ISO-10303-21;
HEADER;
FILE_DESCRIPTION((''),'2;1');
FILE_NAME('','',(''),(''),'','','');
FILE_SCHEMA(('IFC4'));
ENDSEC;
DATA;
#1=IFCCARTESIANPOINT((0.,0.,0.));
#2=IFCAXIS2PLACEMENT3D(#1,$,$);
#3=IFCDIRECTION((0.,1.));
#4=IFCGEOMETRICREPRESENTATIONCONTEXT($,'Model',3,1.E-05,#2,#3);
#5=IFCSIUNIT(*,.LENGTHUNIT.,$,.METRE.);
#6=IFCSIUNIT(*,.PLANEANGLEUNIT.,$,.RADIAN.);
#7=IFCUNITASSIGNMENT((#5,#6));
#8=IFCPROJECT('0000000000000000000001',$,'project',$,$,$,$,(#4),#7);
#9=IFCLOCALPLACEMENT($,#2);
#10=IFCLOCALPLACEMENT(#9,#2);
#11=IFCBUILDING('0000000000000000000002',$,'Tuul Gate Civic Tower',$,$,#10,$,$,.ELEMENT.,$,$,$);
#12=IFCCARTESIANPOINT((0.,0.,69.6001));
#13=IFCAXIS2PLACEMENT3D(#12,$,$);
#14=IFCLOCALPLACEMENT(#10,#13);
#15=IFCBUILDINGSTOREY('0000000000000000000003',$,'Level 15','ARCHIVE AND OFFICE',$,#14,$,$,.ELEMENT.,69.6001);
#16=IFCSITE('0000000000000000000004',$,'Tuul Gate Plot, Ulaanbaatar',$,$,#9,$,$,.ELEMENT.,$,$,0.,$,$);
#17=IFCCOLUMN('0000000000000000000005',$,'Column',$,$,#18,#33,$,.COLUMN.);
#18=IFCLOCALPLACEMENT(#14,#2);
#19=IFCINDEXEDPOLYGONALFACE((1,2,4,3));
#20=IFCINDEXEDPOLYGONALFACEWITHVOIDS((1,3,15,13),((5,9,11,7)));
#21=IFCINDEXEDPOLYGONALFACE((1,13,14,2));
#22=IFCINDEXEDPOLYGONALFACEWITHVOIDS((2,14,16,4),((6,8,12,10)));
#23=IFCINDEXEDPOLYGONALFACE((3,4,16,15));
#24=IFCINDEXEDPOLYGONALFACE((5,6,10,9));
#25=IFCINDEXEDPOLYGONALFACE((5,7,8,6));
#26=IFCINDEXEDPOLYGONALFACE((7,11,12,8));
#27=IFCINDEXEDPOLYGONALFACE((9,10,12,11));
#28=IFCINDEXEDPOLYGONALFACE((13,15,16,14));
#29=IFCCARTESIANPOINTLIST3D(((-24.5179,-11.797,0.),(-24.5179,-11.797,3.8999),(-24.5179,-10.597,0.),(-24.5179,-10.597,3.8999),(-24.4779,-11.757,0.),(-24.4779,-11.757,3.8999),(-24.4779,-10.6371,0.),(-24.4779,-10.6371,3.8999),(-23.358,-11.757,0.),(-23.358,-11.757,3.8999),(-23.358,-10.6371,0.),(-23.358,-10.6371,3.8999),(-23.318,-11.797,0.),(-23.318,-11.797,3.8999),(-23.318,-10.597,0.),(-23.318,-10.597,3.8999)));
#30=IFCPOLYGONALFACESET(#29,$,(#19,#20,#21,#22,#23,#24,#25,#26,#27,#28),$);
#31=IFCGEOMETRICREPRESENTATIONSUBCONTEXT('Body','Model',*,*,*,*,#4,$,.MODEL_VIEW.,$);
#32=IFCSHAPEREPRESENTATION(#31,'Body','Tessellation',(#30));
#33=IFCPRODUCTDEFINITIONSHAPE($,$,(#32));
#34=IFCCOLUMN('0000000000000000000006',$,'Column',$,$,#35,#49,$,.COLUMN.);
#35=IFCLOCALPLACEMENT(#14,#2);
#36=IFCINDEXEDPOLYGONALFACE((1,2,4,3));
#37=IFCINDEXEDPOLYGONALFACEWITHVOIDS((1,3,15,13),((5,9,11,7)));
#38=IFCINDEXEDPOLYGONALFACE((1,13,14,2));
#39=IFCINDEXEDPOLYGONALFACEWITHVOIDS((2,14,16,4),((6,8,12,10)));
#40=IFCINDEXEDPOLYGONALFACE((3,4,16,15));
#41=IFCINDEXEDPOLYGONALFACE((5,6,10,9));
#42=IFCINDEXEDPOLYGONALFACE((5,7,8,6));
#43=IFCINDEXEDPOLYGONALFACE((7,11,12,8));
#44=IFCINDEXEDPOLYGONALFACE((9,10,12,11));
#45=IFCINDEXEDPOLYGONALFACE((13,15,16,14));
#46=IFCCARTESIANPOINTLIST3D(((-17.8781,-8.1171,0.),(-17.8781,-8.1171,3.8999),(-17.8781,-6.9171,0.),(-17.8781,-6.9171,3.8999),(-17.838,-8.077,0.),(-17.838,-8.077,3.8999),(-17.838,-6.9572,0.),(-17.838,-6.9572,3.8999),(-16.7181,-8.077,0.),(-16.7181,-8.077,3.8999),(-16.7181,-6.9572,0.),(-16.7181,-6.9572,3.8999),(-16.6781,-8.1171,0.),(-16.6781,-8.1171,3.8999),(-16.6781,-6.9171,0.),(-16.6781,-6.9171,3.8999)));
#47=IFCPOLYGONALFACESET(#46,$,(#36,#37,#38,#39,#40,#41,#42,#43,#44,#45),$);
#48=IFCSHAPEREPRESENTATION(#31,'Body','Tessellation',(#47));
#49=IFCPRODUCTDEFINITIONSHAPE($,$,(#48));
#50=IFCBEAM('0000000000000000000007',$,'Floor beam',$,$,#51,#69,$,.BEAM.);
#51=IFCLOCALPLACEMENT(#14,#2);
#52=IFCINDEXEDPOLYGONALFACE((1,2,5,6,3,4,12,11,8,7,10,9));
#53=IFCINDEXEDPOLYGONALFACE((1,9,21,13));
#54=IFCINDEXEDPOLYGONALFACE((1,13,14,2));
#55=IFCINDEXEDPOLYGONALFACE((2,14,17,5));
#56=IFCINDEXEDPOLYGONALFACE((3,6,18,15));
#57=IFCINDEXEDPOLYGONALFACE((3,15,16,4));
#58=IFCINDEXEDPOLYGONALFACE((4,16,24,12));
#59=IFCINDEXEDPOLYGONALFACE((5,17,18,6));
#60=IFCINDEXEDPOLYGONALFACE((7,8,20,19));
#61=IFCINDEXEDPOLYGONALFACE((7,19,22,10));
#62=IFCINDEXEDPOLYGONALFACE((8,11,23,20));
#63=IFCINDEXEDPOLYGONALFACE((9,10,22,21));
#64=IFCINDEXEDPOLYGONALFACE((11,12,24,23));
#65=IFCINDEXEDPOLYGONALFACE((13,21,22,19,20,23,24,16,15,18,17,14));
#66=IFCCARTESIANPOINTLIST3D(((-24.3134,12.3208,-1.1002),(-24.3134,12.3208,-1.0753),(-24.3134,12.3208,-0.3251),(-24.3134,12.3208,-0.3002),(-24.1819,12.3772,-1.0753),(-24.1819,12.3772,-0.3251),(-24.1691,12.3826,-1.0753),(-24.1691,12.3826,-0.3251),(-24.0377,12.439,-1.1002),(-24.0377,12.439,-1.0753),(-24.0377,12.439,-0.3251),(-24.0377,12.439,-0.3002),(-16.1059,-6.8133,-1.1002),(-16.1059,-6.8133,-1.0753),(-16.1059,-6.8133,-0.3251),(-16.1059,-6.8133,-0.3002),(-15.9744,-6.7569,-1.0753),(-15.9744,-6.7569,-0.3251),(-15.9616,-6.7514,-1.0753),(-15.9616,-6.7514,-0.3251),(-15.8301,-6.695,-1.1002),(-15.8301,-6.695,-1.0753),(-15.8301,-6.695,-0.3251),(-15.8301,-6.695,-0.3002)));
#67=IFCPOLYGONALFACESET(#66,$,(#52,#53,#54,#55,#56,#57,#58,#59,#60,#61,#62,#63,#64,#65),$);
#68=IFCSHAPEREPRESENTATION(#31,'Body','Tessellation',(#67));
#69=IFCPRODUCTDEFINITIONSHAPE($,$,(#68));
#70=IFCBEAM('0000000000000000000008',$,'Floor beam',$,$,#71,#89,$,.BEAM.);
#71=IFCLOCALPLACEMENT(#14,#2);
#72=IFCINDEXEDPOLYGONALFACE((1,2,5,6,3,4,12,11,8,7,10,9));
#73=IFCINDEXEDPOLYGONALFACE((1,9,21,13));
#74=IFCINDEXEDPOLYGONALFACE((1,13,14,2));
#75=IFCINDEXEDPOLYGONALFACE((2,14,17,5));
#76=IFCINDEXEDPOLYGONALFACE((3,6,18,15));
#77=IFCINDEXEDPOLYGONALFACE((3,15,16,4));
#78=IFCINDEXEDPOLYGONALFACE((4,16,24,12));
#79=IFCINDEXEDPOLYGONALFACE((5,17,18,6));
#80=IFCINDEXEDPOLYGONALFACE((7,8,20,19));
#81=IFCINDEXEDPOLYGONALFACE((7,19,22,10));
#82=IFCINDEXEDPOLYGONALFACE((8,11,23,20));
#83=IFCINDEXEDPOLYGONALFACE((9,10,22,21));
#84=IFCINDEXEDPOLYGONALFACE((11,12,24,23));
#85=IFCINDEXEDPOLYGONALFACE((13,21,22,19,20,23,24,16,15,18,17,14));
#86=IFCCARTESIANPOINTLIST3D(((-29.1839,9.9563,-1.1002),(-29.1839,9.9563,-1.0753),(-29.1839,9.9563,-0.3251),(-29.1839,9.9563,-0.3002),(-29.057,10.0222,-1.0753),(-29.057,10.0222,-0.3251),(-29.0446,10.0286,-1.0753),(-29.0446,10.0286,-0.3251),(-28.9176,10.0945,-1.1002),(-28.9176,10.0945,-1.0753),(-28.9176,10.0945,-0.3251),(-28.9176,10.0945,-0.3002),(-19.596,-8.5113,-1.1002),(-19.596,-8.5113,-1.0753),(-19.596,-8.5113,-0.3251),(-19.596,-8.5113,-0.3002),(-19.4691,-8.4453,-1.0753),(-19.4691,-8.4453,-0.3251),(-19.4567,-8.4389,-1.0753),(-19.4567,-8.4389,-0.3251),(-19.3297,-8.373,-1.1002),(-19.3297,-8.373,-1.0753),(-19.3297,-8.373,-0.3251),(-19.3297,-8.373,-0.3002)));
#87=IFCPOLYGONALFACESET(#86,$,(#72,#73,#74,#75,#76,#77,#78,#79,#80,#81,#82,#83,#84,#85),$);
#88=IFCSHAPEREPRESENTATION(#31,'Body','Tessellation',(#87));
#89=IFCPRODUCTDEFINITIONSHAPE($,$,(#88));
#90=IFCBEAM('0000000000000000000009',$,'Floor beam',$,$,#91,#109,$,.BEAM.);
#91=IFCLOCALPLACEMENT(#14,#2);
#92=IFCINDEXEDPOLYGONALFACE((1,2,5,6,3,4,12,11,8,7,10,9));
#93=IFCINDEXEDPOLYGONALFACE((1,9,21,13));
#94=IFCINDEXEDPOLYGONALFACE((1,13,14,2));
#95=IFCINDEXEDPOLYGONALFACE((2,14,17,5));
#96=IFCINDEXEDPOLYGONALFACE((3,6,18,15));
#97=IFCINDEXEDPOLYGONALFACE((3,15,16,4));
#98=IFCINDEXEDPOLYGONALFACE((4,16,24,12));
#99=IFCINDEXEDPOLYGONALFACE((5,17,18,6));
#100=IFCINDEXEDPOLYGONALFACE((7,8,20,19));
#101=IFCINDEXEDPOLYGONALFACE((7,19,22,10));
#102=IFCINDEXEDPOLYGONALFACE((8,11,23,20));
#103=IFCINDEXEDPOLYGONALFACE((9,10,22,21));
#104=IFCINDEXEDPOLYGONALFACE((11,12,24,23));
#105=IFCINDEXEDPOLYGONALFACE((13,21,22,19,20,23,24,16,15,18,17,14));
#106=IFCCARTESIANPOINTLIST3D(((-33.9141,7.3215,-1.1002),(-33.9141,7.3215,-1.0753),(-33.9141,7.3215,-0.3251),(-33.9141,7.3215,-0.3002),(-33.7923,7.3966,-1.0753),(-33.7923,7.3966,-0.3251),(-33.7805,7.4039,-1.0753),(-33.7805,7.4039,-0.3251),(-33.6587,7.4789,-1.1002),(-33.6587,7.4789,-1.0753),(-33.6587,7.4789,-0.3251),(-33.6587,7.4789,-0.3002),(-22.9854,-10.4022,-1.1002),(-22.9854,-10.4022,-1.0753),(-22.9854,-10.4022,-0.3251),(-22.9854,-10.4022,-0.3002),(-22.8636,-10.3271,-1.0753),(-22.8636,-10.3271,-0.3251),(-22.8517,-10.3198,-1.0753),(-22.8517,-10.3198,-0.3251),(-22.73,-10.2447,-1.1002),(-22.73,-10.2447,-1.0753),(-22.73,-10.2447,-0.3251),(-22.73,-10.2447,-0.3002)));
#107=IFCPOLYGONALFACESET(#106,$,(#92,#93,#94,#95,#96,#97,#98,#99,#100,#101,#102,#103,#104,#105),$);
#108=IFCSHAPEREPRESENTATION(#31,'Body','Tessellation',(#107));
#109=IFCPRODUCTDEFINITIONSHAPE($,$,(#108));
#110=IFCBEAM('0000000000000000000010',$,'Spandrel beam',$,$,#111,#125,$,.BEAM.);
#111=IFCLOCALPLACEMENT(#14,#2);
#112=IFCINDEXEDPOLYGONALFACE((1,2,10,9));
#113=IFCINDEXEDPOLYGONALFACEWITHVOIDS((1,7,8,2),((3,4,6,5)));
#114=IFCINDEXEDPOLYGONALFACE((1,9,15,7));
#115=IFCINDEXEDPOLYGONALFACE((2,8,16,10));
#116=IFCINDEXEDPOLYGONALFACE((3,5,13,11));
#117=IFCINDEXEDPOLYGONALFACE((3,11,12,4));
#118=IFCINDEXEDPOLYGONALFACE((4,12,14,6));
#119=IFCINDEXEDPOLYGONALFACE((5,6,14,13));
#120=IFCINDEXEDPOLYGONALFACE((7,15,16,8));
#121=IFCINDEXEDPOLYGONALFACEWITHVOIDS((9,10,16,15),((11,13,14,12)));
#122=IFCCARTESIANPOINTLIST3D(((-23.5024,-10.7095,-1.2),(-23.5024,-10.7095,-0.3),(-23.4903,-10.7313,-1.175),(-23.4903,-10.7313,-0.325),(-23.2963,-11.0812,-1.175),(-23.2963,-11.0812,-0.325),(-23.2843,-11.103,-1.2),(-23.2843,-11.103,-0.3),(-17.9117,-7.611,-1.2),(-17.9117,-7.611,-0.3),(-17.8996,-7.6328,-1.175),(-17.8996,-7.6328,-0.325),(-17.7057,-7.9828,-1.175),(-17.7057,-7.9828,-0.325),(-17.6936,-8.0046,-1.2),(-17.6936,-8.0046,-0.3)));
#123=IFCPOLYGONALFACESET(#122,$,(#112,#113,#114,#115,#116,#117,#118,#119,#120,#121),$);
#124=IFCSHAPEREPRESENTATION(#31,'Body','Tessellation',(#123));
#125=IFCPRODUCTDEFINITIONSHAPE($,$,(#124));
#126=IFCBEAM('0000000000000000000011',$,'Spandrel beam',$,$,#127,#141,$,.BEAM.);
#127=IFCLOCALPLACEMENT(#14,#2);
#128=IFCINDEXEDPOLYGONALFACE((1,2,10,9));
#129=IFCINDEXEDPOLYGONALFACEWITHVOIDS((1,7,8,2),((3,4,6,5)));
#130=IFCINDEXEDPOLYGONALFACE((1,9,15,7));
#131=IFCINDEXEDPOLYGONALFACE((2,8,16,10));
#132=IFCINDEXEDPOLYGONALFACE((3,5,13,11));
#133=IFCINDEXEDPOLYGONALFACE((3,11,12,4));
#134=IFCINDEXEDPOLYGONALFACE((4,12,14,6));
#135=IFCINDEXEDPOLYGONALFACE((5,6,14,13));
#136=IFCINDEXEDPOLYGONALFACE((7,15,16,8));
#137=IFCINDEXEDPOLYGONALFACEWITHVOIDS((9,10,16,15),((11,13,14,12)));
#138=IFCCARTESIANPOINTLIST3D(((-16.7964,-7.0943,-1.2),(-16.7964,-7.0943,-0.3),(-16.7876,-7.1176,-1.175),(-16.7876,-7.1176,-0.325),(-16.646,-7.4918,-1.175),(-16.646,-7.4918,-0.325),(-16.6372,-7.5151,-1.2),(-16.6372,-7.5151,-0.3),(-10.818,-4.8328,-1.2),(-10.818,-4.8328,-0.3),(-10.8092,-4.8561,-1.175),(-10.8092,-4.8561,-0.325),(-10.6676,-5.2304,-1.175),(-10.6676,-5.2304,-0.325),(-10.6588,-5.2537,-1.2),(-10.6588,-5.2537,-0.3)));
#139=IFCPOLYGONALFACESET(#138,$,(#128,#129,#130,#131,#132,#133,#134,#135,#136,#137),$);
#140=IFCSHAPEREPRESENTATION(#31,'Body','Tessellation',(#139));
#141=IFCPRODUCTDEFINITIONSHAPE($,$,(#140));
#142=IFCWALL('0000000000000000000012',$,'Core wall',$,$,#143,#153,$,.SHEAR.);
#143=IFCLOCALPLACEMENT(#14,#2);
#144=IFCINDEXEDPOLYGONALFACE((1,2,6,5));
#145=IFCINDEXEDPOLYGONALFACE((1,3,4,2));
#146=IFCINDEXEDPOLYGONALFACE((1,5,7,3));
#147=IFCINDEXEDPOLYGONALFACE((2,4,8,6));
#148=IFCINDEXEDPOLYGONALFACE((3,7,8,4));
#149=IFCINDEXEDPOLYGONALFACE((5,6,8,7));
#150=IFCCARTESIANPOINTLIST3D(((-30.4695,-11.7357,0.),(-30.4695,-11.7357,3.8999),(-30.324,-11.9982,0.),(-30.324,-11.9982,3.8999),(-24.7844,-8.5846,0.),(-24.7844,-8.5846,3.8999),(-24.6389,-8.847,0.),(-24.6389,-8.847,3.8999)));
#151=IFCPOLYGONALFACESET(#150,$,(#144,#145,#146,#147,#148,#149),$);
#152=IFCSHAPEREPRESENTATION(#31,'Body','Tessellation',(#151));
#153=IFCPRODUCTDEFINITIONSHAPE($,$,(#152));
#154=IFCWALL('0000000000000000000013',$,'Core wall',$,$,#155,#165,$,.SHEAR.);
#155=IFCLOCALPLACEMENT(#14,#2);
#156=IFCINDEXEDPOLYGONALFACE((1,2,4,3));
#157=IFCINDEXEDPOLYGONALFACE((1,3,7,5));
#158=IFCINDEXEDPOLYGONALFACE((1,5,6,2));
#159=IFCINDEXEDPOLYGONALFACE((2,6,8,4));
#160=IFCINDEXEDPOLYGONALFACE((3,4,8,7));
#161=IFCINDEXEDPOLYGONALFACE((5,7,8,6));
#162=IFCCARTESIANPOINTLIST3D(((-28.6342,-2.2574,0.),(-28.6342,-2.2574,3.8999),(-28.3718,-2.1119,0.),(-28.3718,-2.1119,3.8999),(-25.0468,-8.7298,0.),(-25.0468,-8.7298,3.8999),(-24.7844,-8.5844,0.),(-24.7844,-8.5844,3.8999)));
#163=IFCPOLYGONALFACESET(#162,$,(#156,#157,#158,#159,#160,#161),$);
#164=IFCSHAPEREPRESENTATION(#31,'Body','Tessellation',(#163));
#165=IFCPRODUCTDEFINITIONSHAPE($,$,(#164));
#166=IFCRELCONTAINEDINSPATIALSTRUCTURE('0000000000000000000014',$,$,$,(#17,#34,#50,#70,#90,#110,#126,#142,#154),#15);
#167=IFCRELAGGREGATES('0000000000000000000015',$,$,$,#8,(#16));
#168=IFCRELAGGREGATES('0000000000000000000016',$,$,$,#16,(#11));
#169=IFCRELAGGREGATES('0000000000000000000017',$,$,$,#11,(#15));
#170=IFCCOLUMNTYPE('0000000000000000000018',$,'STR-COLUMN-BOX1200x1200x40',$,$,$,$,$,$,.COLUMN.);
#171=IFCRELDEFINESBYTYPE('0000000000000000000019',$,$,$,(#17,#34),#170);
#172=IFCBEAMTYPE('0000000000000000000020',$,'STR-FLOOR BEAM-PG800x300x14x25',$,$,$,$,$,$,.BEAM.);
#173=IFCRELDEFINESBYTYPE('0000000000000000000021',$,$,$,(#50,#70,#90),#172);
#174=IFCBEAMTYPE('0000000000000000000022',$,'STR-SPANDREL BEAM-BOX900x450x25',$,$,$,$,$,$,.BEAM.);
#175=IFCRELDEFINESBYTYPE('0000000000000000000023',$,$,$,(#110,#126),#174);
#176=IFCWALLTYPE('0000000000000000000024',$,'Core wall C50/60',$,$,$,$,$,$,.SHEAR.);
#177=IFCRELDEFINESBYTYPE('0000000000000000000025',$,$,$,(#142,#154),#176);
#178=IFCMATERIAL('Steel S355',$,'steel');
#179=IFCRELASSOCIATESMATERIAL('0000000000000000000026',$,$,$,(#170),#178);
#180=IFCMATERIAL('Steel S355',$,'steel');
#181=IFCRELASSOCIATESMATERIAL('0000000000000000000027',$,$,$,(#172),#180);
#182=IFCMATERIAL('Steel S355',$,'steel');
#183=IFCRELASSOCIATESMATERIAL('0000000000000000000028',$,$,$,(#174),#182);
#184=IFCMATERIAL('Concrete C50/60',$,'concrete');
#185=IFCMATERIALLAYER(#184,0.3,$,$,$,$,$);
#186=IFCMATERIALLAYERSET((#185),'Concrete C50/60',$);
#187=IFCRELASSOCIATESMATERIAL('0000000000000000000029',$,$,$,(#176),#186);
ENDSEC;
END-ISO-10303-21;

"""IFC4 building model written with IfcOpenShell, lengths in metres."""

from ifc_helpers import new_model, si_unit, direction, frame, frame_2d, origin, origin_2d, place, context, subcontext, project, spatial, rectangle, hollow_rectangle, i_section, extrude, material, layer, layer_set, material_profile, profile_set, type_object, element, save


model = new_model("IFC4")

# Units and contexts
model_context = context("Model", 3, precision=1e-05, world=origin(), true_north=direction((0.0, 1.0)))
body_context = subcontext(model_context, "Body", "Model", "MODEL_VIEW")
ifc_project = project(units=[si_unit("LENGTHUNIT", "METRE"), si_unit("PLANEANGLEUNIT", "RADIAN")], contexts=[model_context])

# Site, building, storey
site_placement = place(None, origin())
site = spatial("IfcSite", under=ifc_project, at=site_placement, Name="Tuul Gate Plot, Ulaanbaatar", CompositionType="ELEMENT", RefElevation=0.0)
building_placement = place(site_placement, origin())
building = spatial("IfcBuilding", under=site, at=building_placement, Name="Tuul Gate Civic Tower", CompositionType="ELEMENT")
storey_placement = place(building_placement, frame((0.0, 0.0, 69.6001)))
storey = spatial("IfcBuildingStorey", under=building, at=storey_placement, Name="Level 15", Description="ARCHIVE AND OFFICE", CompositionType="ELEMENT", Elevation=69.6001)

# Columns
ifc_material_1 = material(Name="Steel S355", Category="steel")
ifc_material_profile_1 = material_profile(ifc_material_1, hollow_rectangle(XDim=1.2, YDim=1.2, WallThickness=0.04, at=origin_2d()), Name="BOX1200x1200x40")
ifc_profile_set_1 = profile_set([ifc_material_profile_1], Name="Steel S355")
column_type = type_object("IfcColumnType", Name="STR-COLUMN-BOX1200x1200x40", PredefinedType="COLUMN", material=ifc_profile_set_1)
for number, where, z_axis, x_axis, name in (
    (1, (-23.918, -11.197, 0.0), (0.0, 0.0, 1.0), (1.0, 0.0, 0.0), "Column"),
    (2, (-17.2781, -7.5171, 0.0), (0.0, 0.0, 1.0), (1.0, 0.0, 0.0), "Column"),
):
    element("IfcColumn", number, at=place(storey_placement, frame(where, z_axis=z_axis, x_axis=x_axis)), inside=storey, type_object=column_type, Name=name, PredefinedType="COLUMN", context=body_context, shape_type="SweptSolid", body=[
        extrude(hollow_rectangle(XDim=1.2, YDim=1.2, WallThickness=0.04, at=origin_2d()), origin(), (0.0, 0.0, 1.0), 3.8999),
    ])

# Beams
ifc_material_2 = material(Name="Steel S355", Category="steel")
ifc_material_profile_2 = material_profile(ifc_material_2, i_section(OverallWidth=0.3, OverallDepth=0.8, WebThickness=0.0139, FlangeThickness=0.0249, at=origin_2d()), Name="PG800x300x14x25")
ifc_profile_set_2 = profile_set([ifc_material_profile_2], Name="Steel S355")
beam_type_1 = type_object("IfcBeamType", Name="STR-FLOOR BEAM-PG800x300x14x25", PredefinedType="BEAM", material=ifc_profile_set_2)
beam_1_placement = place(storey_placement, frame((-15.968, -6.7542, -0.7002), z_axis=(-0.394212, 0.919019, 0.0), x_axis=(-0.919019, -0.394212, 0.0)))
element("IfcBeam", 3, at=beam_1_placement, inside=storey, type_object=beam_type_1, Name="Floor beam", PredefinedType="BEAM", context=body_context, shape_type="SweptSolid", body=[
    extrude(i_section(OverallWidth=0.3, OverallDepth=0.8, WebThickness=0.0139, FlangeThickness=0.0249, at=origin_2d()), origin(), (0.0, 0.0, 1.0), 20.8201),
])
beam_2_placement = place(storey_placement, frame((-19.4629, -8.4421, -0.7002), z_axis=(-0.460777, 0.887516, 0.0), x_axis=(-0.887516, -0.460777, 0.0)))
element("IfcBeam", 4, at=beam_2_placement, inside=storey, type_object=beam_type_1, Name="Floor beam", PredefinedType="BEAM", context=body_context, shape_type="SweptSolid", body=[
    extrude(i_section(OverallWidth=0.3, OverallDepth=0.8, WebThickness=0.0139, FlangeThickness=0.0249, at=origin_2d()), origin(), (0.0, 0.0, 1.0), 20.8081),
])
beam_3_placement = place(storey_placement, frame((-22.8577, -10.3235, -0.7002), z_axis=(-0.524859, 0.851189, 0.0), x_axis=(-0.851189, -0.524859, 0.0)))
element("IfcBeam", 5, at=beam_3_placement, inside=storey, type_object=beam_type_1, Name="Floor beam", PredefinedType="BEAM", context=body_context, shape_type="SweptSolid", body=[
    extrude(i_section(OverallWidth=0.3, OverallDepth=0.8, WebThickness=0.0139, FlangeThickness=0.0249, at=origin_2d()), origin(), (0.0, 0.0, 1.0), 20.8223),
])
ifc_material_3 = material(Name="Steel S355", Category="steel")
ifc_material_profile_3 = material_profile(ifc_material_3, hollow_rectangle(XDim=0.45, YDim=0.8999, WallThickness=0.0249, at=origin_2d()), Name="BOX900x450x25")
ifc_profile_set_3 = profile_set([ifc_material_profile_3], Name="Steel S355")
beam_type_2 = type_object("IfcBeamType", Name="STR-SPANDREL BEAM-BOX900x450x25", PredefinedType="BEAM", material=ifc_profile_set_3)
for number, where, z_axis, x_axis, name in (
    (6, (-23.3933, -10.9062, -0.75), (0.874654, 0.484748, 0.0), (-0.484748, 0.874654, 0.0), "Spandrel beam"),
    (7, (-16.7168, -7.3047, -0.75), (0.935321, 0.353801, 0.0), (-0.353801, 0.935321, 0.0), "Spandrel beam"),
):
    element("IfcBeam", number, at=place(storey_placement, frame(where, z_axis=z_axis, x_axis=x_axis)), inside=storey, type_object=beam_type_2, Name=name, PredefinedType="BEAM", context=body_context, shape_type="SweptSolid", body=[
        extrude(hollow_rectangle(XDim=0.45, YDim=0.8999, WallThickness=0.0249, at=origin_2d()), origin(), (0.0, 0.0, 1.0), 6.3918),
    ])

# Walls
ifc_material_4 = material(Name="Concrete C50/60", Category="concrete")
ifc_layer_1 = layer(ifc_material_4, 0.3)
ifc_layer_set_1 = layer_set([ifc_layer_1], Name="Concrete C50/60")
wall_type_1 = type_object("IfcWallType", Name="Core wall C50/60", PredefinedType="SHEAR", material=ifc_layer_set_1)
wall_1_placement = place(storey_placement, frame((-24.7117, -8.7158, 0.0), z_axis=(0.0, 0.0, 1.0), x_axis=(-0.87463, -0.484791, 0.0)))
element("IfcWall", 8, at=wall_1_placement, inside=storey, type_object=wall_type_1, Name="Core wall", PredefinedType="SHEAR", context=body_context, shape_type="SweptSolid", body=[
    extrude(rectangle(XDim=6.5, YDim=0.3, at=frame_2d((3.25, 0.0))), origin(), (0.0, 0.0, 1.0), 3.8999),
])
wall_2_placement = place(storey_placement, frame((-24.9155, -8.6572, 0.0), z_axis=(0.0, 0.0, 1.0), x_axis=(-0.484777, 0.874638, 0.0)))
element("IfcWall", 9, at=wall_2_placement, inside=storey, type_object=wall_type_1, Name="Core wall", PredefinedType="SHEAR", context=body_context, shape_type="SweptSolid", body=[
    extrude(rectangle(XDim=7.4001, YDim=0.3, at=frame_2d((3.7002, 0.0))), origin(), (0.0, 0.0, 1.0), 3.8999),
])

save(model, "model.ifc")
